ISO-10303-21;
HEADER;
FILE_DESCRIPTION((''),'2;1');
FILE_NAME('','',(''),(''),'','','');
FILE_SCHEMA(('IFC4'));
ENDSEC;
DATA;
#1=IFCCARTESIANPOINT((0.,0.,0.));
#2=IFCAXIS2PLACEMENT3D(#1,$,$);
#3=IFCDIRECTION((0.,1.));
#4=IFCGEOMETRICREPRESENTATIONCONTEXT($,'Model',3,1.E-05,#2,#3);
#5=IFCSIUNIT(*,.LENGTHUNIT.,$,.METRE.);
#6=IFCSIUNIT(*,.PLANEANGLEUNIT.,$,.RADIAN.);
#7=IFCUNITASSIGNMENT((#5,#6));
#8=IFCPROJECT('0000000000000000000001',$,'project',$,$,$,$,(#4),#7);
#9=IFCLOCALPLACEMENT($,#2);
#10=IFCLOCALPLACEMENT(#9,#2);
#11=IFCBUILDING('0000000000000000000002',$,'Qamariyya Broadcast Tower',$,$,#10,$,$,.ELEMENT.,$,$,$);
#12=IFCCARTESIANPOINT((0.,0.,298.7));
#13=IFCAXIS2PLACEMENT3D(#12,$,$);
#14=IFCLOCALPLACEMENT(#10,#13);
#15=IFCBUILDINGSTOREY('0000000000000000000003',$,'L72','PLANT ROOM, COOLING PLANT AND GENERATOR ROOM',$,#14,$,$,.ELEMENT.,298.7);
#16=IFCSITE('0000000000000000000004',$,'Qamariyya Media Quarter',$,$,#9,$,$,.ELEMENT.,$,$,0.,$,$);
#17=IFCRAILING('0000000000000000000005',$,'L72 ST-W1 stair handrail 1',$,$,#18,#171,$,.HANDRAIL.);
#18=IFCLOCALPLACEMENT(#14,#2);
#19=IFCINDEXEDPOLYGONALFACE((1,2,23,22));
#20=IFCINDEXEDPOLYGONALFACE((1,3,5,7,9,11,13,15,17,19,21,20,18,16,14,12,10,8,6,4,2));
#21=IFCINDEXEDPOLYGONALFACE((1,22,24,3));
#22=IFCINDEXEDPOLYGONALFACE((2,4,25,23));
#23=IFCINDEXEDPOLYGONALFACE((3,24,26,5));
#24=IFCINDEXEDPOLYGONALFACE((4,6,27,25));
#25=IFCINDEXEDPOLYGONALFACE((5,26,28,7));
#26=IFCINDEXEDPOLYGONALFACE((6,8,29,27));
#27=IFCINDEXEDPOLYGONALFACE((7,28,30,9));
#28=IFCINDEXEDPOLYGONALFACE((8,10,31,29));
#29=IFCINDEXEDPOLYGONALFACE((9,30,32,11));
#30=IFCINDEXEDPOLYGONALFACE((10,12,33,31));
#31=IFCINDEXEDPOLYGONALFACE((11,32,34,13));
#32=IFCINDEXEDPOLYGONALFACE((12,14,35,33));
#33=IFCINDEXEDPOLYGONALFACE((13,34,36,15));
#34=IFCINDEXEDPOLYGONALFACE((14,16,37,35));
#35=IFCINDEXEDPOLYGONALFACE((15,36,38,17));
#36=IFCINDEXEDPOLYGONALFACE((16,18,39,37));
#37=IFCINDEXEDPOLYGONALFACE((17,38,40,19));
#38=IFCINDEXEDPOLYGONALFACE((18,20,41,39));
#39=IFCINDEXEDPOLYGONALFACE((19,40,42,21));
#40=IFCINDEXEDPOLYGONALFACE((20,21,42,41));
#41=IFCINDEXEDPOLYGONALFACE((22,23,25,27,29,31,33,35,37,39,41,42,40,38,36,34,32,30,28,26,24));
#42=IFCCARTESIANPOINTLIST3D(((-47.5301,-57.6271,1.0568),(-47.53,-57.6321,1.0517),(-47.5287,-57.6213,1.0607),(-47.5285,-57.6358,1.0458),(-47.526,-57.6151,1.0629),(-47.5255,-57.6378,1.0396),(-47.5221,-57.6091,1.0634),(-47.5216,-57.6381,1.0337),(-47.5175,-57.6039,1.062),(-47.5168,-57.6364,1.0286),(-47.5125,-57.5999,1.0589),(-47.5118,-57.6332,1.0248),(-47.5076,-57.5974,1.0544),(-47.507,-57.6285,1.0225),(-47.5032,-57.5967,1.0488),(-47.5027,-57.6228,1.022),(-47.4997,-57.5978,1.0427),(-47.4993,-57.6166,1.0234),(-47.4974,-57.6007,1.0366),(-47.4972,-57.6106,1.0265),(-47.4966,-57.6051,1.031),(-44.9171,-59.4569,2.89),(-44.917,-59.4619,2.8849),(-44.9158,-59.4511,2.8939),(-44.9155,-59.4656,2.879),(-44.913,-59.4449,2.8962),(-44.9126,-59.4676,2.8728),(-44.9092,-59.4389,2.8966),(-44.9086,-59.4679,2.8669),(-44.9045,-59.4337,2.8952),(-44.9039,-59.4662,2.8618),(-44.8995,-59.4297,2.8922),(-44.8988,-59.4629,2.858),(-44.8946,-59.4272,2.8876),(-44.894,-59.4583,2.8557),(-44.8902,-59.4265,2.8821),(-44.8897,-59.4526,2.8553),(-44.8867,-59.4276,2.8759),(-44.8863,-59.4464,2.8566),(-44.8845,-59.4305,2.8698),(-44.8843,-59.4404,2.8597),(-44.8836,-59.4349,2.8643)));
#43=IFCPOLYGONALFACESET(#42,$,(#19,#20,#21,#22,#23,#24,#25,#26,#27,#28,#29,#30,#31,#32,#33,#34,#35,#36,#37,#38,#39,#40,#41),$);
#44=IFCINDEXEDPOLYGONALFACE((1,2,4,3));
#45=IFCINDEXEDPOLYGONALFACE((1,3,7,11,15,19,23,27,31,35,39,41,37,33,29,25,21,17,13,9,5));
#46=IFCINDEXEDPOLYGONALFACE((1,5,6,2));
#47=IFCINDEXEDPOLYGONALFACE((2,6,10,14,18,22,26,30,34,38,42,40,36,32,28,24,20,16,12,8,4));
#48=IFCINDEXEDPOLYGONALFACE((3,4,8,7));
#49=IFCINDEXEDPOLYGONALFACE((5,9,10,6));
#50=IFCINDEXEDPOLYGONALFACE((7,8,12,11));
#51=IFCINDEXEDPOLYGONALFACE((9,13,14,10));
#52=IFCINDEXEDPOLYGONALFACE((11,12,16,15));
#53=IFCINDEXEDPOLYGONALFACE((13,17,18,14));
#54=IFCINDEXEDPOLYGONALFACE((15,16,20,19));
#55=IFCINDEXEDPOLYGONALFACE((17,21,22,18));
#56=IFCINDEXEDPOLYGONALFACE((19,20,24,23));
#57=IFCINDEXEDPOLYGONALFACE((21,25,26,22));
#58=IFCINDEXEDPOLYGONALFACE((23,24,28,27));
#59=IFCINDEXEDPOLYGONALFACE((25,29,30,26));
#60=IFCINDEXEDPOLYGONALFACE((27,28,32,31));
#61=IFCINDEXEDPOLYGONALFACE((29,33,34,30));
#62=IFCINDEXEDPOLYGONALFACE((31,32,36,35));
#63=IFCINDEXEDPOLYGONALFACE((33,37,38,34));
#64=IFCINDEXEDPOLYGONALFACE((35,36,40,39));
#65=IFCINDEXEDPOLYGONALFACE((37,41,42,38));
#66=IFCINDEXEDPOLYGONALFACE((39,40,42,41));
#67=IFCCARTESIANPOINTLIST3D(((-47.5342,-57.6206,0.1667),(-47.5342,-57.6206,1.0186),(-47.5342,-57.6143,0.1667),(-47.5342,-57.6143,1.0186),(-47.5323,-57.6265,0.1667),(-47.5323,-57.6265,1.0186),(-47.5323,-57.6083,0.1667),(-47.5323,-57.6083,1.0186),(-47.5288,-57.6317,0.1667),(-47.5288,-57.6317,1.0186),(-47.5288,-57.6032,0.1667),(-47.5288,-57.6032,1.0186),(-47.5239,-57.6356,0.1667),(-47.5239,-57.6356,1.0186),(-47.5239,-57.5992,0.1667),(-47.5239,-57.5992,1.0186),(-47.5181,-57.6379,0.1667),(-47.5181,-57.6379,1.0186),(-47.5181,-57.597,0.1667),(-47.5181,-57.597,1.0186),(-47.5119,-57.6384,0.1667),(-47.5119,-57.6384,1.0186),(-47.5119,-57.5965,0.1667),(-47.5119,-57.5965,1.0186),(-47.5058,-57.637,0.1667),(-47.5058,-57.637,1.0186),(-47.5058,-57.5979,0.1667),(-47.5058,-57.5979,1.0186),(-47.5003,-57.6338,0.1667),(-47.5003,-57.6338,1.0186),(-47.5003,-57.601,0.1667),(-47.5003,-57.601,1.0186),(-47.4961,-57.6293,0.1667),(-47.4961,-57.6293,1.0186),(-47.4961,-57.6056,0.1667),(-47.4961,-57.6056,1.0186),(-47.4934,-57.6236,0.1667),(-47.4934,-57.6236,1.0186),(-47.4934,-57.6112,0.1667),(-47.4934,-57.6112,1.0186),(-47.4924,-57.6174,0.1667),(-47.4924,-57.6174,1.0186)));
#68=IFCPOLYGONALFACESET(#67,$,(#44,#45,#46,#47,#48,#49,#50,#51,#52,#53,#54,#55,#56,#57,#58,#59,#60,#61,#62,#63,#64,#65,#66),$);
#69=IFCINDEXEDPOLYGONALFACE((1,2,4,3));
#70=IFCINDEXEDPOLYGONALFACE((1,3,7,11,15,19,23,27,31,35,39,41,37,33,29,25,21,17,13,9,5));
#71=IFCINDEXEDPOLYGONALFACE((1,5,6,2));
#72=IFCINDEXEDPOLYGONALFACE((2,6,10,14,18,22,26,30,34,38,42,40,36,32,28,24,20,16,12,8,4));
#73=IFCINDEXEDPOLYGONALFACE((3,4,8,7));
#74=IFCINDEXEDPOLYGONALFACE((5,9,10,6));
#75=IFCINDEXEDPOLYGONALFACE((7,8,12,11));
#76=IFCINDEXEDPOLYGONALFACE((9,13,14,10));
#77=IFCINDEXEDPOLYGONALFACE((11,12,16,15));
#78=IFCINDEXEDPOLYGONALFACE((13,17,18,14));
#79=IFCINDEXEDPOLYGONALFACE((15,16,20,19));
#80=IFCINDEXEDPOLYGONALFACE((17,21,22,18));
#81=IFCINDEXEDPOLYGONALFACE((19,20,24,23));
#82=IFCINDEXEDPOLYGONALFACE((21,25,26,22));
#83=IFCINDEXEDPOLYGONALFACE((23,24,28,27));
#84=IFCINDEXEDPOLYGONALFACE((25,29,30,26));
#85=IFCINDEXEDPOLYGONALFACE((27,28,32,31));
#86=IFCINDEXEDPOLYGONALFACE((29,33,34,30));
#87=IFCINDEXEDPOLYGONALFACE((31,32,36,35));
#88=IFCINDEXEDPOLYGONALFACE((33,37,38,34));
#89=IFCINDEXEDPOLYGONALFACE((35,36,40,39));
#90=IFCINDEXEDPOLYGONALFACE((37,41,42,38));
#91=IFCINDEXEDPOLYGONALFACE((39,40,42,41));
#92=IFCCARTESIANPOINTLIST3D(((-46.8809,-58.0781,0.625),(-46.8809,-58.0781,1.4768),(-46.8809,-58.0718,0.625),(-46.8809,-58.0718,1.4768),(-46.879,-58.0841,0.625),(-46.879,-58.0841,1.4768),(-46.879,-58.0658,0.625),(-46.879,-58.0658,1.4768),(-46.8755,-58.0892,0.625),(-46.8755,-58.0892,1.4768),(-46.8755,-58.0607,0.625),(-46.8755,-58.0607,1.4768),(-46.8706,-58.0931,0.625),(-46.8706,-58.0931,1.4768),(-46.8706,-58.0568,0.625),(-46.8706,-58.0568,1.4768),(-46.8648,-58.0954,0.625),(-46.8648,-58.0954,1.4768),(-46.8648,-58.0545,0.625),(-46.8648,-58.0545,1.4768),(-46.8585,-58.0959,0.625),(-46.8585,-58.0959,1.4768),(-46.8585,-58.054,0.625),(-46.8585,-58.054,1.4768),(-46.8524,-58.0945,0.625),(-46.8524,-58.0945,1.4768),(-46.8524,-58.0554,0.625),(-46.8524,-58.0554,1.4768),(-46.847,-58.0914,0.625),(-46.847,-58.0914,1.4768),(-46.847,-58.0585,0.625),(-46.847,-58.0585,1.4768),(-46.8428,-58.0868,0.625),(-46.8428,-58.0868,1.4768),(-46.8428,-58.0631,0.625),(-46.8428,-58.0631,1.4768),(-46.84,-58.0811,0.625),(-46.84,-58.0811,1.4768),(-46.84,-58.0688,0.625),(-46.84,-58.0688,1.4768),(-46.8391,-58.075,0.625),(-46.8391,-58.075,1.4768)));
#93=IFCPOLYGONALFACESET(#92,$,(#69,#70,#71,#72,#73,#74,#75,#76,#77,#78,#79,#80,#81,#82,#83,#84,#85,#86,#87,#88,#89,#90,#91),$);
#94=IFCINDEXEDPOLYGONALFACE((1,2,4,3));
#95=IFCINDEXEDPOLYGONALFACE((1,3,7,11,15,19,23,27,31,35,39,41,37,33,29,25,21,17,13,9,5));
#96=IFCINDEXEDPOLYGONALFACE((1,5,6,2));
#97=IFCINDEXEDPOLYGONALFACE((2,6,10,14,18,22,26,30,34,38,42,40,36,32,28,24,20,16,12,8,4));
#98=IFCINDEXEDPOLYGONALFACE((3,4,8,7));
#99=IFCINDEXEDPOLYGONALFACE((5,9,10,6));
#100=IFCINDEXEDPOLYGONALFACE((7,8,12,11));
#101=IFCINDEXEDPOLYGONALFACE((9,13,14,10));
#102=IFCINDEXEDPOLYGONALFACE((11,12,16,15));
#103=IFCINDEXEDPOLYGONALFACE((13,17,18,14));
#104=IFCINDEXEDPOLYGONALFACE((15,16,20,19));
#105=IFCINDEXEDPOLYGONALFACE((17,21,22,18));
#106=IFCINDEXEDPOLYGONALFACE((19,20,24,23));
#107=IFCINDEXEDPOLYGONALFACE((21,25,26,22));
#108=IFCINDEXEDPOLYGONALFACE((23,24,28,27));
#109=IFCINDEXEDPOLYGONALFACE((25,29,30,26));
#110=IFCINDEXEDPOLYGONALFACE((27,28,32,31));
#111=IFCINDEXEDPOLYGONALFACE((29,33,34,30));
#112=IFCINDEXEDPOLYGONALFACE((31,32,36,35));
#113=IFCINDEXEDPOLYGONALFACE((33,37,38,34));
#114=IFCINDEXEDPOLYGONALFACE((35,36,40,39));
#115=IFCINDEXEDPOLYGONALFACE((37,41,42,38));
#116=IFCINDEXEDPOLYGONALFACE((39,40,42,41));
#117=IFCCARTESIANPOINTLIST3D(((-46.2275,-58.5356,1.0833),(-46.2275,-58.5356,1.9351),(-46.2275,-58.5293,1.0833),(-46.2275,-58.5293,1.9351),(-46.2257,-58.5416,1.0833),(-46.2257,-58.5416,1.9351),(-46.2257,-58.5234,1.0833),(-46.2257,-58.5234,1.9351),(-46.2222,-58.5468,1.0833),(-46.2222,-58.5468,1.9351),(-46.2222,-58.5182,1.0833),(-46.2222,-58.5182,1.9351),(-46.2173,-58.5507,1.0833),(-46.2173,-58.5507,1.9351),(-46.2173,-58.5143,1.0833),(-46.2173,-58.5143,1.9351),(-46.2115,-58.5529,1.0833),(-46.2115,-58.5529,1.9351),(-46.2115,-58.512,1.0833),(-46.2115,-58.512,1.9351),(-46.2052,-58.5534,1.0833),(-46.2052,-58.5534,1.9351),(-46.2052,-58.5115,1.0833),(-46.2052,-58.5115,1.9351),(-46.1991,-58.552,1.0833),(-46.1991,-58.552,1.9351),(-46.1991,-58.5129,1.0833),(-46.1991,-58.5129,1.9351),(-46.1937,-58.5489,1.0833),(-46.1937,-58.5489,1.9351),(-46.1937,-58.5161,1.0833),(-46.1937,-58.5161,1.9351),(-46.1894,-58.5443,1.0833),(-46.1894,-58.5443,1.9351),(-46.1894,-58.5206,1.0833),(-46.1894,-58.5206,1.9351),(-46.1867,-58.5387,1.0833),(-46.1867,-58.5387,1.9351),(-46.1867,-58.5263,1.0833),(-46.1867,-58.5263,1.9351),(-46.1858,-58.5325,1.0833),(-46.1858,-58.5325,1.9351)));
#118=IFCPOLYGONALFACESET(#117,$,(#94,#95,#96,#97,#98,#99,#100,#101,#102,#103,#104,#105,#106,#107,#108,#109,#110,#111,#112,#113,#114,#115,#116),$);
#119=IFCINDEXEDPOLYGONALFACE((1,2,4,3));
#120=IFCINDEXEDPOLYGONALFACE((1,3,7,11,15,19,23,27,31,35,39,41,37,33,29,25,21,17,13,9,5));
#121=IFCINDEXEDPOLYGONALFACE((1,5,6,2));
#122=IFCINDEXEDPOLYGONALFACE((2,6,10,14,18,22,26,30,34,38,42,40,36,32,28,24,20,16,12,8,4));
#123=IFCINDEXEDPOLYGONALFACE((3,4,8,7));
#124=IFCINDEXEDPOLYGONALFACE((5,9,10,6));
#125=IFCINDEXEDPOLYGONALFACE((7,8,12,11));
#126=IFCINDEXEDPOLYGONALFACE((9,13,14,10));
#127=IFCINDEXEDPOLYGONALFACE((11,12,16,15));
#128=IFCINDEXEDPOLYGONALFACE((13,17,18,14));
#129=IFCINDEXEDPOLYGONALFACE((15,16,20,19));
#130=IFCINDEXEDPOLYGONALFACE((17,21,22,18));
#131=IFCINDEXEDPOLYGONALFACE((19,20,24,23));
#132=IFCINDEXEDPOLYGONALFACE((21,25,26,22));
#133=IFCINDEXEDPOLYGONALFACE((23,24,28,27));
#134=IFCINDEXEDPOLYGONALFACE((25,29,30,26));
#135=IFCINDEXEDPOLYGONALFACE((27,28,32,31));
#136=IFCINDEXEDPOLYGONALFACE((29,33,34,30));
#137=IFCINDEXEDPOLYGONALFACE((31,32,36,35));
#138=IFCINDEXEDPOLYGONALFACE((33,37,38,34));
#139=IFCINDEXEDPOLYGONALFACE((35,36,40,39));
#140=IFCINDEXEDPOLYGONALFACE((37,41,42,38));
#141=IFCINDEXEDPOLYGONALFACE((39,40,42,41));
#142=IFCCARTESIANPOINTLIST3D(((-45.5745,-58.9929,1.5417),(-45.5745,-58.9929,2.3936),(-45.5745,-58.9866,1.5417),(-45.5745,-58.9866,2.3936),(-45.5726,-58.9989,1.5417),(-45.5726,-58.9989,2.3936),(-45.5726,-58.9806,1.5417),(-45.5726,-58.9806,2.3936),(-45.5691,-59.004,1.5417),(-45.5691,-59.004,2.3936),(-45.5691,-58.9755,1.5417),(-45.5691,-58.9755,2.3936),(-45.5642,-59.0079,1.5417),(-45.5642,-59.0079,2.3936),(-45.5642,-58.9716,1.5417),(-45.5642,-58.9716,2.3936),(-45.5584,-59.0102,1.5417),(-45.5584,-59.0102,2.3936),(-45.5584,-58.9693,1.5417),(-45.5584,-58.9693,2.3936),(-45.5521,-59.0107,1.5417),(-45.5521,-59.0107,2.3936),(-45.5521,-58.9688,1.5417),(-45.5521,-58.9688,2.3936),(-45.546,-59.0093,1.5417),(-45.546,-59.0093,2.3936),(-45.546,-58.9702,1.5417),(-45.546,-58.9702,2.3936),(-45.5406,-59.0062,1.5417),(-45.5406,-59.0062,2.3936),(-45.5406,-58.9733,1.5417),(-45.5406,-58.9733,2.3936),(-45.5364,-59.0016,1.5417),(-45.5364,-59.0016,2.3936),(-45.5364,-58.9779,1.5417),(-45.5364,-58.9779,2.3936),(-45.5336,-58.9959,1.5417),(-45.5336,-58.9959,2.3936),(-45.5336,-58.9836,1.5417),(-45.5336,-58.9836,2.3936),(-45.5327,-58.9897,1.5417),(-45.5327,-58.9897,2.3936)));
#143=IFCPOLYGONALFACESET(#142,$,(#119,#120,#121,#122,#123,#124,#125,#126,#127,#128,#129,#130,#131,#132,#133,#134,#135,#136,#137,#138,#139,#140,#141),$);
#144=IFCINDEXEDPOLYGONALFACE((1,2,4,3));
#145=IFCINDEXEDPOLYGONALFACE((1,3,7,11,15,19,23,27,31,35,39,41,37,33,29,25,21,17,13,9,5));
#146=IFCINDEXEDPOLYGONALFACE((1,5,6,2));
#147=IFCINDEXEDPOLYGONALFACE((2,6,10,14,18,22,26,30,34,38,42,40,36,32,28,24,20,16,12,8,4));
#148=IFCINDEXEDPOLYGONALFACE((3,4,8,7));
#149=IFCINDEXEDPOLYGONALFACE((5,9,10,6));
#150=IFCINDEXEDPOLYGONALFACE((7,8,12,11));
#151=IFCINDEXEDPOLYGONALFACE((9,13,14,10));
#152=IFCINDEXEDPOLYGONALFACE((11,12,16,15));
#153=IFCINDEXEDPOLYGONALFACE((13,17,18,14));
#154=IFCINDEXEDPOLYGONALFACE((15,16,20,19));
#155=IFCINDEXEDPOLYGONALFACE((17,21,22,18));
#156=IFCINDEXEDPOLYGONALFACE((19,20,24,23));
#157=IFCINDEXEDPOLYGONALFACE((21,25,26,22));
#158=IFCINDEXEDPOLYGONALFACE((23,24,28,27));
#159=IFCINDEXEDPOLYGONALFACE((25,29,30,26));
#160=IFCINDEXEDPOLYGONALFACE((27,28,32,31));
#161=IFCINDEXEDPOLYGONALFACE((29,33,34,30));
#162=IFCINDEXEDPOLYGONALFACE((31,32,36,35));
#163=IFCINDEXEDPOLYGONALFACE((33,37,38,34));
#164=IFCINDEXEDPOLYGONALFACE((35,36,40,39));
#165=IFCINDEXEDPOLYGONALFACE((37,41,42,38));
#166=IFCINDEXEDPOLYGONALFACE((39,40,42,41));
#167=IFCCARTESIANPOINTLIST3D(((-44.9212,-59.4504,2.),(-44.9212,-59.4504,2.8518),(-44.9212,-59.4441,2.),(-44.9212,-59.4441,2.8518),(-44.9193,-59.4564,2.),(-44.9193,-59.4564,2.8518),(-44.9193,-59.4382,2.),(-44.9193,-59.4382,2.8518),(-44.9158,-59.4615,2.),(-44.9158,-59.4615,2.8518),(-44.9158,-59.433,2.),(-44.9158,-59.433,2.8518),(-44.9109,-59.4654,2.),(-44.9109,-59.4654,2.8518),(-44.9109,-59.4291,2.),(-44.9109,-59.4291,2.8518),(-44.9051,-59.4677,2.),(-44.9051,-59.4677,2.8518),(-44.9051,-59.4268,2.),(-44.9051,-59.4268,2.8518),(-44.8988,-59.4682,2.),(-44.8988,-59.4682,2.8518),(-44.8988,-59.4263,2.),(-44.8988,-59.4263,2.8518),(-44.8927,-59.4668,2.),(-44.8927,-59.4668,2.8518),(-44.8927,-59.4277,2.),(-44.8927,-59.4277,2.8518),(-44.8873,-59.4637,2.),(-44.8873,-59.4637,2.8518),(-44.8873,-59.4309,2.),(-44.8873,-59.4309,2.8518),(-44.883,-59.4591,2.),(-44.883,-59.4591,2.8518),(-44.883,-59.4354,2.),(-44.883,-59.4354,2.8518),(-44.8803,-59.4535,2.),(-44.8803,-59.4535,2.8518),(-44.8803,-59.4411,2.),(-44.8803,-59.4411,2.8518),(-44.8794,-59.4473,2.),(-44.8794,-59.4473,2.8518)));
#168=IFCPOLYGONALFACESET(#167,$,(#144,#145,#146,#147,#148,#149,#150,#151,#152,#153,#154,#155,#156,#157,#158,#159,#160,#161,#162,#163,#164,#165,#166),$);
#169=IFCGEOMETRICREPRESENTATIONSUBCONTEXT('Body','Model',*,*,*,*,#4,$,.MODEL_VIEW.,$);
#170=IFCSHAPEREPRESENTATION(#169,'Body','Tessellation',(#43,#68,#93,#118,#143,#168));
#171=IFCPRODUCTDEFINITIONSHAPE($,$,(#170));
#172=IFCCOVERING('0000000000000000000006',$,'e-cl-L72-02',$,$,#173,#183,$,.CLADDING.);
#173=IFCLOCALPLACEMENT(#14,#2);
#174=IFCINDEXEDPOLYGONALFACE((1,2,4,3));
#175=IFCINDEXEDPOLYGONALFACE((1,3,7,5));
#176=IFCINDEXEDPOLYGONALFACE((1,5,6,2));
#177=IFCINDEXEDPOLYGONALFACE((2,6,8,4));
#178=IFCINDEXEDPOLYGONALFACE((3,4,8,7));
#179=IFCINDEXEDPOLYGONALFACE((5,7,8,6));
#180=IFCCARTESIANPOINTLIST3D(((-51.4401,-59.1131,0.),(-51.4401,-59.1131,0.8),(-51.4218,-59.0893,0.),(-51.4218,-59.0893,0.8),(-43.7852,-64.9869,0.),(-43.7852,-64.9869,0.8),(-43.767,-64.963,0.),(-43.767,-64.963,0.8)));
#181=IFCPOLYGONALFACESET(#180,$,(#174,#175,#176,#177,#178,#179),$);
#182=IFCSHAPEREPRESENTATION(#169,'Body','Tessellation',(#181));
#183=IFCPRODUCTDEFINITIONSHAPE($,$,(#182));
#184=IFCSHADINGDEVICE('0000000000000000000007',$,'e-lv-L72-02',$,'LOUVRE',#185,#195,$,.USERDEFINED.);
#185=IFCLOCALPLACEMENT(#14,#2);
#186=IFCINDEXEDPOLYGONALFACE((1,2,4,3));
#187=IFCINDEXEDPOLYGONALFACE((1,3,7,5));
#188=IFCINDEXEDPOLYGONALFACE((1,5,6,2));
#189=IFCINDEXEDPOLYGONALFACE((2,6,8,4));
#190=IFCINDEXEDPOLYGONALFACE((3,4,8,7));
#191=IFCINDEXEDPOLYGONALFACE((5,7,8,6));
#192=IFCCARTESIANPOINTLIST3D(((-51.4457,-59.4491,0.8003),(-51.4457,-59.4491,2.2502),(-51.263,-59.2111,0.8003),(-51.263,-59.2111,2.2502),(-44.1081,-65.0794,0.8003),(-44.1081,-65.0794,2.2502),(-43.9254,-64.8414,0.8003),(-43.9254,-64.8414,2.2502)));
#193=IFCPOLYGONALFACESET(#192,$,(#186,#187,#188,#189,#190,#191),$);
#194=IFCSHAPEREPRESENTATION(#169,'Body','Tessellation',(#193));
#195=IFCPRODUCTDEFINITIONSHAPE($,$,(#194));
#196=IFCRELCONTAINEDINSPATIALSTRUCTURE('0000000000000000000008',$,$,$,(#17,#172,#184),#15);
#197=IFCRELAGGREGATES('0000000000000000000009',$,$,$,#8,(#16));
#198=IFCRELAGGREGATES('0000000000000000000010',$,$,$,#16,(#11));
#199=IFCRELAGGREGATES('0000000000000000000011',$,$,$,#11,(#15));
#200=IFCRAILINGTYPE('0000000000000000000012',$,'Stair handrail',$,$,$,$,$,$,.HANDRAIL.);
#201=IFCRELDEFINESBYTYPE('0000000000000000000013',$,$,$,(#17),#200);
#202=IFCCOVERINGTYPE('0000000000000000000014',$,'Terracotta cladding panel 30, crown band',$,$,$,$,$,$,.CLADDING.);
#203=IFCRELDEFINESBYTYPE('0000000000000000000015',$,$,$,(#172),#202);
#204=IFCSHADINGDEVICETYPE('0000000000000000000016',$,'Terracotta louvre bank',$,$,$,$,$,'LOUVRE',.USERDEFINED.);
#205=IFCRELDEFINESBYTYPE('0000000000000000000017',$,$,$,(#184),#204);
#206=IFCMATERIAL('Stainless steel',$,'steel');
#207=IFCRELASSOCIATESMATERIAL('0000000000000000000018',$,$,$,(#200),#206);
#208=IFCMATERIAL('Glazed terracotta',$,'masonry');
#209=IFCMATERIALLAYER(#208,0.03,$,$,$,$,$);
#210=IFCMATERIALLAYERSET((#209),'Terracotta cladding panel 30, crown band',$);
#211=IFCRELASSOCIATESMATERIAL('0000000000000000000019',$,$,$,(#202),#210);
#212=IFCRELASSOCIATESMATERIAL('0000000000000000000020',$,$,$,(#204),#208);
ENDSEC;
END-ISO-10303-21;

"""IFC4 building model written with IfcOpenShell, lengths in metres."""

from ifc_helpers import new_model, si_unit, direction, frame, origin, origin_2d, place, context, subcontext, project, spatial, rectangle, circle, extrude, material, layer, layer_set, type_object, element, save


model = new_model("IFC4")

# Units and contexts
model_context = context("Model", 3, precision=1e-05, world=origin(), true_north=direction((0.0, 1.0)))
body_context = subcontext(model_context, "Body", "Model", "MODEL_VIEW")
ifc_project = project(units=[si_unit("LENGTHUNIT", "METRE"), si_unit("PLANEANGLEUNIT", "RADIAN")], contexts=[model_context])

# Site, building, storey
site_placement = place(None, origin())
site = spatial("IfcSite", under=ifc_project, at=site_placement, Name="Qamariyya Media Quarter", CompositionType="ELEMENT", RefElevation=0.0)
building_placement = place(site_placement, origin())
building = spatial("IfcBuilding", under=site, at=building_placement, Name="Qamariyya Broadcast Tower", CompositionType="ELEMENT")
storey_placement = place(building_placement, frame((0.0, 0.0, 298.7)))
storey = spatial("IfcBuildingStorey", under=building, at=storey_placement, Name="L72", Description="PLANT ROOM, COOLING PLANT AND GENERATOR ROOM", CompositionType="ELEMENT", Elevation=298.7)

# Railing
ifc_material_1 = material(Name="Stainless steel", Category="steel")
railing_type_1 = type_object("IfcRailingType", Name="Stair handrail", PredefinedType="HANDRAIL", material=ifc_material_1)
railing_1_placement = place(storey_placement, frame((-47.5134, -57.6174, 0.1667)))
element("IfcRailing", 1, at=railing_1_placement, inside=storey, type_object=railing_type_1, Name="L72 ST-W1 stair handrail 1", PredefinedType="HANDRAIL", context=body_context, shape_type="SweptSolid", body=[
    extrude(circle(Radius=0.0239, at=origin_2d()), frame((0.0, 0.0, 0.876), z_axis=(0.710204, -0.497335, 0.498264), x_axis=(0.573611, 0.819128, 0.0)), (0.0, 0.0, 1.0), 3.6792),
    extrude(circle(Radius=0.021, at=origin_2d()), origin(), (0.0, 0.0, 1.0), 0.8518),
    extrude(circle(Radius=0.021, at=origin_2d()), frame((0.6533, -0.4575, 0.4583)), (0.0, 0.0, 1.0), 0.8518),
    extrude(circle(Radius=0.021, at=origin_2d()), frame((1.3066, -0.915, 0.9165)), (0.0, 0.0, 1.0), 0.8518),
    extrude(circle(Radius=0.021, at=origin_2d()), frame((1.9597, -1.3723, 1.375)), (0.0, 0.0, 1.0), 0.8518),
    extrude(circle(Radius=0.021, at=origin_2d()), frame((2.613, -1.8298, 1.8333)), (0.0, 0.0, 1.0), 0.8518),
])

# Covering
ifc_material_2 = material(Name="Glazed terracotta", Category="masonry")
ifc_layer_1 = layer(ifc_material_2, 0.03)
ifc_layer_set_1 = layer_set([ifc_layer_1], Name="Terracotta cladding panel 30, crown band")
covering_type = type_object("IfcCoveringType", Name="Terracotta cladding panel 30, crown band", PredefinedType="CLADDING", material=ifc_layer_set_1)
covering_placement = place(storey_placement, frame((-47.6035, -62.0381, 0.0), z_axis=(0.0, 0.0, 1.0), x_axis=(0.793353, -0.608761, 0.0)))
element("IfcCovering", 2, at=covering_placement, inside=storey, type_object=covering_type, Name="e-cl-L72-02", PredefinedType="CLADDING", context=body_context, shape_type="SweptSolid", body=[
    extrude(rectangle(XDim=9.6487, YDim=0.03, at=origin_2d()), origin(), (0.0, 0.0, 1.0), 0.8),
])

# Shading device
shading_device_type = type_object("IfcShadingDeviceType", Name="Terracotta louvre bank", ElementType="LOUVRE", PredefinedType="USERDEFINED", material=ifc_material_2)
shading_device_placement = place(storey_placement, frame((-47.6855, -62.1453, 0.8003), z_axis=(0.0, 0.0, 1.0), x_axis=(0.793353, -0.608761, 0.0)))
element("IfcShadingDevice", 3, at=shading_device_placement, inside=storey, type_object=shading_device_type, Name="e-lv-L72-02", ObjectType="LOUVRE", PredefinedType="USERDEFINED", context=body_context, shape_type="SweptSolid", body=[
    extrude(rectangle(XDim=9.2488, YDim=0.3, at=origin_2d()), origin(), (0.0, 0.0, 1.0), 1.45),
])

save(model, "model.ifc")
